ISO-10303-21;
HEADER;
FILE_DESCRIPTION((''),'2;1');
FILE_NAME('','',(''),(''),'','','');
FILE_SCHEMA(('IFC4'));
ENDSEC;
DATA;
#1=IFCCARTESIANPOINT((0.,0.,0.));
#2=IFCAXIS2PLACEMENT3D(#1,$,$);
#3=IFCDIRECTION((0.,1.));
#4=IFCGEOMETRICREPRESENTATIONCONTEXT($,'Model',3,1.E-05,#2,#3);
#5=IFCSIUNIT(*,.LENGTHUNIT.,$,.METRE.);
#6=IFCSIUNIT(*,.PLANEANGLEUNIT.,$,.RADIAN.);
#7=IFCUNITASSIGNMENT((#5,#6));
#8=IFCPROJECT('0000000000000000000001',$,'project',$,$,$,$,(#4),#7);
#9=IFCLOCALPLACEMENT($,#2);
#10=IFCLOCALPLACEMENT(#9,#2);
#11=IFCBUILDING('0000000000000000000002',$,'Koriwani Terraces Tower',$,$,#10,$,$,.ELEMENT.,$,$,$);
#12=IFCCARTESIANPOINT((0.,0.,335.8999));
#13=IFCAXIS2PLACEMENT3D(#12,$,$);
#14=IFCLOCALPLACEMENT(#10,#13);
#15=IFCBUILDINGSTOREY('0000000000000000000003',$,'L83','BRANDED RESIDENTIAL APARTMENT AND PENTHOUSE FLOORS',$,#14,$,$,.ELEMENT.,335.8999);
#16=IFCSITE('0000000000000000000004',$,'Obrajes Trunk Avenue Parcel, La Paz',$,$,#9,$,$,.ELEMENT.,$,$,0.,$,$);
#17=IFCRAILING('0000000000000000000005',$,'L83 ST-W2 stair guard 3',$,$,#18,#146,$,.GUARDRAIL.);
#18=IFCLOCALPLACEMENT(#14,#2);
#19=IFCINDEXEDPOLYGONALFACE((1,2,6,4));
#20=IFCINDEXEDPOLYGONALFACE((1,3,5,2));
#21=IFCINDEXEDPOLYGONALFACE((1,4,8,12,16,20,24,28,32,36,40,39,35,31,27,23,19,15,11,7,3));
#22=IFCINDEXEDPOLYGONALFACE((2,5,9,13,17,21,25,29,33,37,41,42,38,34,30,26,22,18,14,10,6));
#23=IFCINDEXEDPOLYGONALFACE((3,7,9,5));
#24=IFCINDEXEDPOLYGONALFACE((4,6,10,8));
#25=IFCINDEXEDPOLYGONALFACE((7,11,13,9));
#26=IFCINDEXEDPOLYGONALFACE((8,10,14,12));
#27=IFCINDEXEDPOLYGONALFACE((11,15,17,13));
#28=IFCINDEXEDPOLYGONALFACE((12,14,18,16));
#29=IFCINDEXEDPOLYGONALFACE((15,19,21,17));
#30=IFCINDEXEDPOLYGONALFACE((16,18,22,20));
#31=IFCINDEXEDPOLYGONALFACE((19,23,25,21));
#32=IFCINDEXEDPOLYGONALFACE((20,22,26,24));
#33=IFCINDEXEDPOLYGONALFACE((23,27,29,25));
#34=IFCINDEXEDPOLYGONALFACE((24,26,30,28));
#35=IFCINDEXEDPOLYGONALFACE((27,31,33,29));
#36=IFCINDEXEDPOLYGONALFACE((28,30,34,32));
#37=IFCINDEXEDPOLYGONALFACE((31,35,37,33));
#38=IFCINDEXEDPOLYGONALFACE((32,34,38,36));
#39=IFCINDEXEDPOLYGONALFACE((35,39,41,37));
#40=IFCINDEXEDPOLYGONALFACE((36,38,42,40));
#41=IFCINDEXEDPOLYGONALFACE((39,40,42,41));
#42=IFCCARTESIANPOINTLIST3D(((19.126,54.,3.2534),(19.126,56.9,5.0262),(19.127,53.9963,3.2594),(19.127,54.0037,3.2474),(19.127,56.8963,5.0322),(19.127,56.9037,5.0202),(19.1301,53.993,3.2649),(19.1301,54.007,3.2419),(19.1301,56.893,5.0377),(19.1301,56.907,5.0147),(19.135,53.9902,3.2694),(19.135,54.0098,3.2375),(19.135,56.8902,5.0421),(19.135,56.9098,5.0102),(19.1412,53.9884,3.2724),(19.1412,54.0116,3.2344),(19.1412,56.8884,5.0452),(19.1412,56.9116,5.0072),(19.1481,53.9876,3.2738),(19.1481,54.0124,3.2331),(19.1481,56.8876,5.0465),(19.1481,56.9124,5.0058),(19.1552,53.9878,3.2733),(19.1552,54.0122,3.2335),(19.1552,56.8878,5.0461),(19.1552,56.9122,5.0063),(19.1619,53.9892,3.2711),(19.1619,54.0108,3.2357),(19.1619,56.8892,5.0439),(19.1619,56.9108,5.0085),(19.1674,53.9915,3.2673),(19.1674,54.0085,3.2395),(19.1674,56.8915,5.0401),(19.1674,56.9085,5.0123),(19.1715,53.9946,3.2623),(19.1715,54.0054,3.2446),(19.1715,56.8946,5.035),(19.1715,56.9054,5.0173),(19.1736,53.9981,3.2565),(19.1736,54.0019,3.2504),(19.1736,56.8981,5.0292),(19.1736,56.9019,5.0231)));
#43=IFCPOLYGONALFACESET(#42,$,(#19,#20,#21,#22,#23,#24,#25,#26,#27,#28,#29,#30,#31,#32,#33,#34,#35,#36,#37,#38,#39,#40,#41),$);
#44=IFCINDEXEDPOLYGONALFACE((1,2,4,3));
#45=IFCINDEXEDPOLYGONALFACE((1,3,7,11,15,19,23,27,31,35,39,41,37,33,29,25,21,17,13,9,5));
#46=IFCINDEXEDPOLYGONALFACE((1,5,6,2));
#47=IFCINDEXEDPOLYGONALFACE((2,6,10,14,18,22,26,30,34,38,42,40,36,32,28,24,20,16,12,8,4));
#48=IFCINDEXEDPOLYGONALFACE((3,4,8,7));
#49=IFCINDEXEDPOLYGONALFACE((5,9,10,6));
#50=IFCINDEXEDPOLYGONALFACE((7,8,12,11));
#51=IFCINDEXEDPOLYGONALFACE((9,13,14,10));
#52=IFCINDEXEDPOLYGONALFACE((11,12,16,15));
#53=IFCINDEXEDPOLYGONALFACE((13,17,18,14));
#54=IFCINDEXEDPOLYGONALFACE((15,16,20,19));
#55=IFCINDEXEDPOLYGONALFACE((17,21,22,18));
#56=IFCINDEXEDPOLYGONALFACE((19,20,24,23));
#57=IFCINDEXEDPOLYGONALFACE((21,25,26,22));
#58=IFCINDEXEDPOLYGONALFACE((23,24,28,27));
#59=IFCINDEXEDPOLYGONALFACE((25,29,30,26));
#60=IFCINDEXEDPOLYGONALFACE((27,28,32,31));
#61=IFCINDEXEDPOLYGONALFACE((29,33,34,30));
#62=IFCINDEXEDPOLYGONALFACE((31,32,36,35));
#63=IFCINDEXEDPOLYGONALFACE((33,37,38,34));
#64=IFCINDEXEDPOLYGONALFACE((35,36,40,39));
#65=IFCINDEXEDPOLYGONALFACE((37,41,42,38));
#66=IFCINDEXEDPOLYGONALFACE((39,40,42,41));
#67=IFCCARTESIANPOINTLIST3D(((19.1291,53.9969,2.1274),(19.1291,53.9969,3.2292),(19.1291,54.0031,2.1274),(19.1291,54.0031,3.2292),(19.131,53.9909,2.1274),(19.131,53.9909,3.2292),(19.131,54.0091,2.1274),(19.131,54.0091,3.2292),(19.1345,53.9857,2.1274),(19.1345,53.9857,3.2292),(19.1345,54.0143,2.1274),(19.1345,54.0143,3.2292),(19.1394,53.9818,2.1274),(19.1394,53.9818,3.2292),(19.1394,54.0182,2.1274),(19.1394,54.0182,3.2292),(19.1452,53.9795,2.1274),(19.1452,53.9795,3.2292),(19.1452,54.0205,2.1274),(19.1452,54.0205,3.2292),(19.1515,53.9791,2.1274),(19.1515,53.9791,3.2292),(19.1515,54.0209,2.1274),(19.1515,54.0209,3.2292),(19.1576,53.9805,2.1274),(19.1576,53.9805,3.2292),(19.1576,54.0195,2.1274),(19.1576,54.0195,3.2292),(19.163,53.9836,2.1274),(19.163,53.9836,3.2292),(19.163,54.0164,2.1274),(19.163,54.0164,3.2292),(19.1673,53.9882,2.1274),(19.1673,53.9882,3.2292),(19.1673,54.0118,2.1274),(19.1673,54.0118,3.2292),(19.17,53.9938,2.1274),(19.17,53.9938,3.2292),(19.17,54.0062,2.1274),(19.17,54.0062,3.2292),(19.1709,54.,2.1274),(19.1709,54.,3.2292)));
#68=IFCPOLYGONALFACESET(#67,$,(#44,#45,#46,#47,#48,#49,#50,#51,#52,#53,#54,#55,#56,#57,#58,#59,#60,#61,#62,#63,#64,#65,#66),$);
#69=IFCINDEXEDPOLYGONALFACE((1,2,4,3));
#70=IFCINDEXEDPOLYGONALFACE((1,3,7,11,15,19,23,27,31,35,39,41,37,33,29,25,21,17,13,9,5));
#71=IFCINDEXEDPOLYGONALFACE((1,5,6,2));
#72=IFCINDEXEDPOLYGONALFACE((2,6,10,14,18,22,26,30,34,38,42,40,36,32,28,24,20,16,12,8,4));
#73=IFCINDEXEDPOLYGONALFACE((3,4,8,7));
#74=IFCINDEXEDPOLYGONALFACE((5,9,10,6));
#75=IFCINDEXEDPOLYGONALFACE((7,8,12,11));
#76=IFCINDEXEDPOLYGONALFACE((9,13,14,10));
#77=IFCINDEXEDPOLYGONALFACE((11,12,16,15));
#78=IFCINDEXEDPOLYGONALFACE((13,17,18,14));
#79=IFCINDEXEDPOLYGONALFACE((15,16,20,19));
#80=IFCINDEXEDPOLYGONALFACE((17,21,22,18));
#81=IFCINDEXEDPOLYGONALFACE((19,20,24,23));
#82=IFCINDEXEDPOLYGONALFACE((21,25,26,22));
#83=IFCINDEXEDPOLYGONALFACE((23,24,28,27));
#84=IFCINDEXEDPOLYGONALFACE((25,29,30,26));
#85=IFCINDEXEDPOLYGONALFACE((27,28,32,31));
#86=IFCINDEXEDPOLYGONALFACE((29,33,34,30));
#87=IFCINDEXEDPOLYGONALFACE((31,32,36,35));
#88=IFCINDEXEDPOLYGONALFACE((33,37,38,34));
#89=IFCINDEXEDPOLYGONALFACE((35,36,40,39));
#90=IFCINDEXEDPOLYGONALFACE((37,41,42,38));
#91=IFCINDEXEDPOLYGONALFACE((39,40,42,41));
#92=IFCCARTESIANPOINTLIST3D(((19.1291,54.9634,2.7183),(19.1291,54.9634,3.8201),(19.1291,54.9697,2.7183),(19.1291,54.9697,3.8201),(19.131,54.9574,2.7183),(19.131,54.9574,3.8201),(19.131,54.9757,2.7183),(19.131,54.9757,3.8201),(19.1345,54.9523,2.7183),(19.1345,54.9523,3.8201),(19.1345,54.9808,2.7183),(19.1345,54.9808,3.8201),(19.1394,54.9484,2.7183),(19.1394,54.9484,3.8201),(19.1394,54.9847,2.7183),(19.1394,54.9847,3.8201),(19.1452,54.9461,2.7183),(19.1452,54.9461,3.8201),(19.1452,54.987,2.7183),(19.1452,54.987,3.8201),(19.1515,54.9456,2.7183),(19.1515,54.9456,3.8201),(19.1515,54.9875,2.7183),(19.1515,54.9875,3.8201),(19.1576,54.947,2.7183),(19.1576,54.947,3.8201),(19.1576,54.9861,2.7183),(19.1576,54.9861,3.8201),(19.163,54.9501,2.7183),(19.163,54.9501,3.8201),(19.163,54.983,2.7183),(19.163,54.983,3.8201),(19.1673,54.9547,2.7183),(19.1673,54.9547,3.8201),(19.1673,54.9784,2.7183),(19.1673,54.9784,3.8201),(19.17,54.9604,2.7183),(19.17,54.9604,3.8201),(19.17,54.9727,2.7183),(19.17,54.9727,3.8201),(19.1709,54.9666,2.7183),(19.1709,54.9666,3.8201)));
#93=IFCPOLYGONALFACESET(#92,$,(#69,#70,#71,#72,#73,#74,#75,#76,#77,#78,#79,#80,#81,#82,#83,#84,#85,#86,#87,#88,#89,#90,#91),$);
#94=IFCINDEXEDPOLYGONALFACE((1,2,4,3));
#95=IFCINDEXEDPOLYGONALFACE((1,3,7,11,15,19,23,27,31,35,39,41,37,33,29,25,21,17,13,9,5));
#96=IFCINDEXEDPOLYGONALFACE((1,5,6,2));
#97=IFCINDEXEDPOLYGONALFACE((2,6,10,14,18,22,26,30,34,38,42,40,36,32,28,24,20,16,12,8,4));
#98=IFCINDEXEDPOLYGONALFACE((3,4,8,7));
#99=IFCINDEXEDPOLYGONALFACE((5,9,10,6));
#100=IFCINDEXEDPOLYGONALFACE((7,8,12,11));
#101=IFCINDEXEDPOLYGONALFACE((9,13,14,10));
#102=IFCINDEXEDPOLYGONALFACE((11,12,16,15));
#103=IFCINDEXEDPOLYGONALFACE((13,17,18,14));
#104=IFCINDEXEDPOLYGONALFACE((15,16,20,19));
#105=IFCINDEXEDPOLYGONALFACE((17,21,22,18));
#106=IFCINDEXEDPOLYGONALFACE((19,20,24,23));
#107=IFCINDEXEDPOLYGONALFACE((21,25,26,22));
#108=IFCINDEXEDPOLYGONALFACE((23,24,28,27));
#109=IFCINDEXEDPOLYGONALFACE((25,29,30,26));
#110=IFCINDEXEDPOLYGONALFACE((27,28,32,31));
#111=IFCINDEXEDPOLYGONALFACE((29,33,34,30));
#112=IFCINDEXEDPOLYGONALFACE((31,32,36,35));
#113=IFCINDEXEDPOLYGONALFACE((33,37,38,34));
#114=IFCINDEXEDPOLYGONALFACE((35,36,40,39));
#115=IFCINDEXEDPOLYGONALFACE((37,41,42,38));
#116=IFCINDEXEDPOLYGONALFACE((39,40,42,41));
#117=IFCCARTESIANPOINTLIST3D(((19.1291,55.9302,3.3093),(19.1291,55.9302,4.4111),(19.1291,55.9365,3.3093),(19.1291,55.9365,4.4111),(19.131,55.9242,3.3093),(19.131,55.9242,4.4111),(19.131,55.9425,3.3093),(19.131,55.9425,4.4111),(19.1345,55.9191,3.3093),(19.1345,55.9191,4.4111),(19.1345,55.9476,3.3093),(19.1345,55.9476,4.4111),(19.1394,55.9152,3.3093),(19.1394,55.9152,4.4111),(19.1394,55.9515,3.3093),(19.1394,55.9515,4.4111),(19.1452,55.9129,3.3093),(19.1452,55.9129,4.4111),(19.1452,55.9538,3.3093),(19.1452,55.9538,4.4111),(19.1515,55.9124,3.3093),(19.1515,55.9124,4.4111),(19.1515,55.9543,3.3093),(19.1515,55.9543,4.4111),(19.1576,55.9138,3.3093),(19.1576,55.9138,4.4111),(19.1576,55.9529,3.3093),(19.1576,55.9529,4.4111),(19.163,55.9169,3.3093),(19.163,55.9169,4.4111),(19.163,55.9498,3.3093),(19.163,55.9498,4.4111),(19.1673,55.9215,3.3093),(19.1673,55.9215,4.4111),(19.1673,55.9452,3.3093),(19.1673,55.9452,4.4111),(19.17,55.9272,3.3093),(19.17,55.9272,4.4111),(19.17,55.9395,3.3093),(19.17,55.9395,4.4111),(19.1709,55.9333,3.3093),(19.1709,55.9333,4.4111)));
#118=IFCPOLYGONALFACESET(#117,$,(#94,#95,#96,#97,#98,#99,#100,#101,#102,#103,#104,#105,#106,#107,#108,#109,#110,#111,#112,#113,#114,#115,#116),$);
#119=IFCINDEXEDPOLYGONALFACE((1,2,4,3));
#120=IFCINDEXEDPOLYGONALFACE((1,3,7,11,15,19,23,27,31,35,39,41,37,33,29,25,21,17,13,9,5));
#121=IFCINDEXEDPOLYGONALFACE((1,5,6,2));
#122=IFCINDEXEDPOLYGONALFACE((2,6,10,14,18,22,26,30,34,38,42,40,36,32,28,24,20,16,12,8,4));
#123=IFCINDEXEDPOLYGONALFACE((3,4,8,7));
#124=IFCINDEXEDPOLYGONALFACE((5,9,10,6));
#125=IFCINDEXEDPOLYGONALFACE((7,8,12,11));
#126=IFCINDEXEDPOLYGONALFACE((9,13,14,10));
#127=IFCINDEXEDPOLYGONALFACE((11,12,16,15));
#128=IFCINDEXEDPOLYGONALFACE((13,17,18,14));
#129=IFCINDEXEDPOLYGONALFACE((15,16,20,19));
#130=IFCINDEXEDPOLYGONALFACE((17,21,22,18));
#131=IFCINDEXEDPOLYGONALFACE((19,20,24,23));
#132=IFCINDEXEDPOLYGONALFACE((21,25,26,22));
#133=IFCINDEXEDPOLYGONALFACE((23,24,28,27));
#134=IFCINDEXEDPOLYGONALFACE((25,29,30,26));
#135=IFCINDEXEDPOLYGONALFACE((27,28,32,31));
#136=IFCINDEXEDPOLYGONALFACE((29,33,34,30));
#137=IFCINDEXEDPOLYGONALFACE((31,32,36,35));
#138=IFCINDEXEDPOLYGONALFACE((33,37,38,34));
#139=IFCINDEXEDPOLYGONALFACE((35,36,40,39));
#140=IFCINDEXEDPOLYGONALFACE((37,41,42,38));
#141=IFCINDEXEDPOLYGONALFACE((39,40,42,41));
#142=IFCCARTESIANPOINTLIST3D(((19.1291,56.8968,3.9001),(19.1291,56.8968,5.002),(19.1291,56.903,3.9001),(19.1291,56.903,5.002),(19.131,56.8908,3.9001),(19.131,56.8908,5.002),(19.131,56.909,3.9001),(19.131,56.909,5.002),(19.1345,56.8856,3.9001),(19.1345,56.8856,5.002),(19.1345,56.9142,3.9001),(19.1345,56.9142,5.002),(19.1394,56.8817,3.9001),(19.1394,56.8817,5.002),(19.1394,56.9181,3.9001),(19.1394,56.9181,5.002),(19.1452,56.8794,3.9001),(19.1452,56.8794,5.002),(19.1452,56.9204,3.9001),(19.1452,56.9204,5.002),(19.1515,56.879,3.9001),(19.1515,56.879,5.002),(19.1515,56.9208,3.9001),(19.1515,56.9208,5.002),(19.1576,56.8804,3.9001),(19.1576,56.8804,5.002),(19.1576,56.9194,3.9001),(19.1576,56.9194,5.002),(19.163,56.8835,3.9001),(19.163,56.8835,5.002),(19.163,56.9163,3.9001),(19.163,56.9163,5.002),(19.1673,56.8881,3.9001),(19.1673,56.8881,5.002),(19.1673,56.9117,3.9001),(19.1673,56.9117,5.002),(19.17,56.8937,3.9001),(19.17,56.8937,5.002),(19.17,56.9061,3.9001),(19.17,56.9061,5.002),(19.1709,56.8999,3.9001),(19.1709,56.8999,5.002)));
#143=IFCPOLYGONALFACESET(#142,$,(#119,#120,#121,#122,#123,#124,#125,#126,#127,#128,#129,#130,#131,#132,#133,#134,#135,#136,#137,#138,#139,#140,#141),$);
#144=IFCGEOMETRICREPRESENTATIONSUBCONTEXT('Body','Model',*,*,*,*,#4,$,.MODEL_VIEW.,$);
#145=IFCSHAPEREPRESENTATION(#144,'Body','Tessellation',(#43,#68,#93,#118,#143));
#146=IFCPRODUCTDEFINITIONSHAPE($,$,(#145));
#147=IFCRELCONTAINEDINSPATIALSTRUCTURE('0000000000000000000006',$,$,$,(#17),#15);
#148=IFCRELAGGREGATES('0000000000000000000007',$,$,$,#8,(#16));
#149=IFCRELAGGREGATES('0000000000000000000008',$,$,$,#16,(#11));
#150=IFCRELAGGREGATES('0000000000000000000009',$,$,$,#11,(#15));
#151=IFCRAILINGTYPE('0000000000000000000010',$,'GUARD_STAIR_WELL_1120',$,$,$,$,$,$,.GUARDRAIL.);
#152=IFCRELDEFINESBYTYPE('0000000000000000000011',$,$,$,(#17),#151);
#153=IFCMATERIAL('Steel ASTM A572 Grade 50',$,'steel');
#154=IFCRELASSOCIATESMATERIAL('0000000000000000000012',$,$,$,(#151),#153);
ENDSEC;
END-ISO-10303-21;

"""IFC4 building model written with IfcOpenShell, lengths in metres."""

from ifc_helpers import new_model, si_unit, direction, frame, origin, origin_2d, place, context, subcontext, project, spatial, circle, extrude, material, type_object, element, save


model = new_model("IFC4")

# Units and contexts
model_context = context("Model", 3, precision=1e-05, world=origin(), true_north=direction((0.0, 1.0)))
body_context = subcontext(model_context, "Body", "Model", "MODEL_VIEW")
ifc_project = project(units=[si_unit("LENGTHUNIT", "METRE"), si_unit("PLANEANGLEUNIT", "RADIAN")], contexts=[model_context])

# Site, building, storey
site_placement = place(None, origin())
site = spatial("IfcSite", under=ifc_project, at=site_placement, Name="Obrajes Trunk Avenue Parcel, La Paz", CompositionType="ELEMENT", RefElevation=0.0)
building_placement = place(site_placement, origin())
building = spatial("IfcBuilding", under=site, at=building_placement, Name="Koriwani Terraces Tower", CompositionType="ELEMENT")
storey_placement = place(building_placement, frame((0.0, 0.0, 335.8999)))
storey = spatial("IfcBuildingStorey", under=building, at=storey_placement, Name="L83", Description="BRANDED RESIDENTIAL APARTMENT AND PENTHOUSE FLOORS", CompositionType="ELEMENT", Elevation=335.8999)

# Shared definitions
ifc_material_1 = material(Name="Steel ASTM A572 Grade 50", Category="steel")

# Railing
railing_type_1 = type_object("IfcRailingType", Name="GUARD_STAIR_WELL_1120", PredefinedType="GUARDRAIL", material=ifc_material_1)
railing_1_placement = place(storey_placement, frame((19.1499, 54.0, 2.1274)))
element("IfcRailing", 1, at=railing_1_placement, inside=storey, type_object=railing_type_1, Name="L83 ST-W2 stair guard 3", PredefinedType="GUARDRAIL", context=body_context, shape_type="SweptSolid", body=[
    extrude(circle(Radius=0.0239, at=origin_2d()), frame((0.0, 0.0, 1.126), z_axis=(0.0, 0.853211, 0.521566), x_axis=(-1.0, 0.0, 0.0)), (0.0, 0.0, 1.0), 3.3989),
    extrude(circle(Radius=0.021, at=origin_2d()), origin(), (0.0, 0.0, 1.0), 1.1018),
    extrude(circle(Radius=0.021, at=origin_2d()), frame((0.0, 0.9666, 0.5908)), (0.0, 0.0, 1.0), 1.1018),
    extrude(circle(Radius=0.021, at=origin_2d()), frame((0.0, 1.9333, 1.1819)), (0.0, 0.0, 1.0), 1.1018),
    extrude(circle(Radius=0.021, at=origin_2d()), frame((0.0, 2.8999, 1.7727)), (0.0, 0.0, 1.0), 1.1018),
])

save(model, "model.ifc")
